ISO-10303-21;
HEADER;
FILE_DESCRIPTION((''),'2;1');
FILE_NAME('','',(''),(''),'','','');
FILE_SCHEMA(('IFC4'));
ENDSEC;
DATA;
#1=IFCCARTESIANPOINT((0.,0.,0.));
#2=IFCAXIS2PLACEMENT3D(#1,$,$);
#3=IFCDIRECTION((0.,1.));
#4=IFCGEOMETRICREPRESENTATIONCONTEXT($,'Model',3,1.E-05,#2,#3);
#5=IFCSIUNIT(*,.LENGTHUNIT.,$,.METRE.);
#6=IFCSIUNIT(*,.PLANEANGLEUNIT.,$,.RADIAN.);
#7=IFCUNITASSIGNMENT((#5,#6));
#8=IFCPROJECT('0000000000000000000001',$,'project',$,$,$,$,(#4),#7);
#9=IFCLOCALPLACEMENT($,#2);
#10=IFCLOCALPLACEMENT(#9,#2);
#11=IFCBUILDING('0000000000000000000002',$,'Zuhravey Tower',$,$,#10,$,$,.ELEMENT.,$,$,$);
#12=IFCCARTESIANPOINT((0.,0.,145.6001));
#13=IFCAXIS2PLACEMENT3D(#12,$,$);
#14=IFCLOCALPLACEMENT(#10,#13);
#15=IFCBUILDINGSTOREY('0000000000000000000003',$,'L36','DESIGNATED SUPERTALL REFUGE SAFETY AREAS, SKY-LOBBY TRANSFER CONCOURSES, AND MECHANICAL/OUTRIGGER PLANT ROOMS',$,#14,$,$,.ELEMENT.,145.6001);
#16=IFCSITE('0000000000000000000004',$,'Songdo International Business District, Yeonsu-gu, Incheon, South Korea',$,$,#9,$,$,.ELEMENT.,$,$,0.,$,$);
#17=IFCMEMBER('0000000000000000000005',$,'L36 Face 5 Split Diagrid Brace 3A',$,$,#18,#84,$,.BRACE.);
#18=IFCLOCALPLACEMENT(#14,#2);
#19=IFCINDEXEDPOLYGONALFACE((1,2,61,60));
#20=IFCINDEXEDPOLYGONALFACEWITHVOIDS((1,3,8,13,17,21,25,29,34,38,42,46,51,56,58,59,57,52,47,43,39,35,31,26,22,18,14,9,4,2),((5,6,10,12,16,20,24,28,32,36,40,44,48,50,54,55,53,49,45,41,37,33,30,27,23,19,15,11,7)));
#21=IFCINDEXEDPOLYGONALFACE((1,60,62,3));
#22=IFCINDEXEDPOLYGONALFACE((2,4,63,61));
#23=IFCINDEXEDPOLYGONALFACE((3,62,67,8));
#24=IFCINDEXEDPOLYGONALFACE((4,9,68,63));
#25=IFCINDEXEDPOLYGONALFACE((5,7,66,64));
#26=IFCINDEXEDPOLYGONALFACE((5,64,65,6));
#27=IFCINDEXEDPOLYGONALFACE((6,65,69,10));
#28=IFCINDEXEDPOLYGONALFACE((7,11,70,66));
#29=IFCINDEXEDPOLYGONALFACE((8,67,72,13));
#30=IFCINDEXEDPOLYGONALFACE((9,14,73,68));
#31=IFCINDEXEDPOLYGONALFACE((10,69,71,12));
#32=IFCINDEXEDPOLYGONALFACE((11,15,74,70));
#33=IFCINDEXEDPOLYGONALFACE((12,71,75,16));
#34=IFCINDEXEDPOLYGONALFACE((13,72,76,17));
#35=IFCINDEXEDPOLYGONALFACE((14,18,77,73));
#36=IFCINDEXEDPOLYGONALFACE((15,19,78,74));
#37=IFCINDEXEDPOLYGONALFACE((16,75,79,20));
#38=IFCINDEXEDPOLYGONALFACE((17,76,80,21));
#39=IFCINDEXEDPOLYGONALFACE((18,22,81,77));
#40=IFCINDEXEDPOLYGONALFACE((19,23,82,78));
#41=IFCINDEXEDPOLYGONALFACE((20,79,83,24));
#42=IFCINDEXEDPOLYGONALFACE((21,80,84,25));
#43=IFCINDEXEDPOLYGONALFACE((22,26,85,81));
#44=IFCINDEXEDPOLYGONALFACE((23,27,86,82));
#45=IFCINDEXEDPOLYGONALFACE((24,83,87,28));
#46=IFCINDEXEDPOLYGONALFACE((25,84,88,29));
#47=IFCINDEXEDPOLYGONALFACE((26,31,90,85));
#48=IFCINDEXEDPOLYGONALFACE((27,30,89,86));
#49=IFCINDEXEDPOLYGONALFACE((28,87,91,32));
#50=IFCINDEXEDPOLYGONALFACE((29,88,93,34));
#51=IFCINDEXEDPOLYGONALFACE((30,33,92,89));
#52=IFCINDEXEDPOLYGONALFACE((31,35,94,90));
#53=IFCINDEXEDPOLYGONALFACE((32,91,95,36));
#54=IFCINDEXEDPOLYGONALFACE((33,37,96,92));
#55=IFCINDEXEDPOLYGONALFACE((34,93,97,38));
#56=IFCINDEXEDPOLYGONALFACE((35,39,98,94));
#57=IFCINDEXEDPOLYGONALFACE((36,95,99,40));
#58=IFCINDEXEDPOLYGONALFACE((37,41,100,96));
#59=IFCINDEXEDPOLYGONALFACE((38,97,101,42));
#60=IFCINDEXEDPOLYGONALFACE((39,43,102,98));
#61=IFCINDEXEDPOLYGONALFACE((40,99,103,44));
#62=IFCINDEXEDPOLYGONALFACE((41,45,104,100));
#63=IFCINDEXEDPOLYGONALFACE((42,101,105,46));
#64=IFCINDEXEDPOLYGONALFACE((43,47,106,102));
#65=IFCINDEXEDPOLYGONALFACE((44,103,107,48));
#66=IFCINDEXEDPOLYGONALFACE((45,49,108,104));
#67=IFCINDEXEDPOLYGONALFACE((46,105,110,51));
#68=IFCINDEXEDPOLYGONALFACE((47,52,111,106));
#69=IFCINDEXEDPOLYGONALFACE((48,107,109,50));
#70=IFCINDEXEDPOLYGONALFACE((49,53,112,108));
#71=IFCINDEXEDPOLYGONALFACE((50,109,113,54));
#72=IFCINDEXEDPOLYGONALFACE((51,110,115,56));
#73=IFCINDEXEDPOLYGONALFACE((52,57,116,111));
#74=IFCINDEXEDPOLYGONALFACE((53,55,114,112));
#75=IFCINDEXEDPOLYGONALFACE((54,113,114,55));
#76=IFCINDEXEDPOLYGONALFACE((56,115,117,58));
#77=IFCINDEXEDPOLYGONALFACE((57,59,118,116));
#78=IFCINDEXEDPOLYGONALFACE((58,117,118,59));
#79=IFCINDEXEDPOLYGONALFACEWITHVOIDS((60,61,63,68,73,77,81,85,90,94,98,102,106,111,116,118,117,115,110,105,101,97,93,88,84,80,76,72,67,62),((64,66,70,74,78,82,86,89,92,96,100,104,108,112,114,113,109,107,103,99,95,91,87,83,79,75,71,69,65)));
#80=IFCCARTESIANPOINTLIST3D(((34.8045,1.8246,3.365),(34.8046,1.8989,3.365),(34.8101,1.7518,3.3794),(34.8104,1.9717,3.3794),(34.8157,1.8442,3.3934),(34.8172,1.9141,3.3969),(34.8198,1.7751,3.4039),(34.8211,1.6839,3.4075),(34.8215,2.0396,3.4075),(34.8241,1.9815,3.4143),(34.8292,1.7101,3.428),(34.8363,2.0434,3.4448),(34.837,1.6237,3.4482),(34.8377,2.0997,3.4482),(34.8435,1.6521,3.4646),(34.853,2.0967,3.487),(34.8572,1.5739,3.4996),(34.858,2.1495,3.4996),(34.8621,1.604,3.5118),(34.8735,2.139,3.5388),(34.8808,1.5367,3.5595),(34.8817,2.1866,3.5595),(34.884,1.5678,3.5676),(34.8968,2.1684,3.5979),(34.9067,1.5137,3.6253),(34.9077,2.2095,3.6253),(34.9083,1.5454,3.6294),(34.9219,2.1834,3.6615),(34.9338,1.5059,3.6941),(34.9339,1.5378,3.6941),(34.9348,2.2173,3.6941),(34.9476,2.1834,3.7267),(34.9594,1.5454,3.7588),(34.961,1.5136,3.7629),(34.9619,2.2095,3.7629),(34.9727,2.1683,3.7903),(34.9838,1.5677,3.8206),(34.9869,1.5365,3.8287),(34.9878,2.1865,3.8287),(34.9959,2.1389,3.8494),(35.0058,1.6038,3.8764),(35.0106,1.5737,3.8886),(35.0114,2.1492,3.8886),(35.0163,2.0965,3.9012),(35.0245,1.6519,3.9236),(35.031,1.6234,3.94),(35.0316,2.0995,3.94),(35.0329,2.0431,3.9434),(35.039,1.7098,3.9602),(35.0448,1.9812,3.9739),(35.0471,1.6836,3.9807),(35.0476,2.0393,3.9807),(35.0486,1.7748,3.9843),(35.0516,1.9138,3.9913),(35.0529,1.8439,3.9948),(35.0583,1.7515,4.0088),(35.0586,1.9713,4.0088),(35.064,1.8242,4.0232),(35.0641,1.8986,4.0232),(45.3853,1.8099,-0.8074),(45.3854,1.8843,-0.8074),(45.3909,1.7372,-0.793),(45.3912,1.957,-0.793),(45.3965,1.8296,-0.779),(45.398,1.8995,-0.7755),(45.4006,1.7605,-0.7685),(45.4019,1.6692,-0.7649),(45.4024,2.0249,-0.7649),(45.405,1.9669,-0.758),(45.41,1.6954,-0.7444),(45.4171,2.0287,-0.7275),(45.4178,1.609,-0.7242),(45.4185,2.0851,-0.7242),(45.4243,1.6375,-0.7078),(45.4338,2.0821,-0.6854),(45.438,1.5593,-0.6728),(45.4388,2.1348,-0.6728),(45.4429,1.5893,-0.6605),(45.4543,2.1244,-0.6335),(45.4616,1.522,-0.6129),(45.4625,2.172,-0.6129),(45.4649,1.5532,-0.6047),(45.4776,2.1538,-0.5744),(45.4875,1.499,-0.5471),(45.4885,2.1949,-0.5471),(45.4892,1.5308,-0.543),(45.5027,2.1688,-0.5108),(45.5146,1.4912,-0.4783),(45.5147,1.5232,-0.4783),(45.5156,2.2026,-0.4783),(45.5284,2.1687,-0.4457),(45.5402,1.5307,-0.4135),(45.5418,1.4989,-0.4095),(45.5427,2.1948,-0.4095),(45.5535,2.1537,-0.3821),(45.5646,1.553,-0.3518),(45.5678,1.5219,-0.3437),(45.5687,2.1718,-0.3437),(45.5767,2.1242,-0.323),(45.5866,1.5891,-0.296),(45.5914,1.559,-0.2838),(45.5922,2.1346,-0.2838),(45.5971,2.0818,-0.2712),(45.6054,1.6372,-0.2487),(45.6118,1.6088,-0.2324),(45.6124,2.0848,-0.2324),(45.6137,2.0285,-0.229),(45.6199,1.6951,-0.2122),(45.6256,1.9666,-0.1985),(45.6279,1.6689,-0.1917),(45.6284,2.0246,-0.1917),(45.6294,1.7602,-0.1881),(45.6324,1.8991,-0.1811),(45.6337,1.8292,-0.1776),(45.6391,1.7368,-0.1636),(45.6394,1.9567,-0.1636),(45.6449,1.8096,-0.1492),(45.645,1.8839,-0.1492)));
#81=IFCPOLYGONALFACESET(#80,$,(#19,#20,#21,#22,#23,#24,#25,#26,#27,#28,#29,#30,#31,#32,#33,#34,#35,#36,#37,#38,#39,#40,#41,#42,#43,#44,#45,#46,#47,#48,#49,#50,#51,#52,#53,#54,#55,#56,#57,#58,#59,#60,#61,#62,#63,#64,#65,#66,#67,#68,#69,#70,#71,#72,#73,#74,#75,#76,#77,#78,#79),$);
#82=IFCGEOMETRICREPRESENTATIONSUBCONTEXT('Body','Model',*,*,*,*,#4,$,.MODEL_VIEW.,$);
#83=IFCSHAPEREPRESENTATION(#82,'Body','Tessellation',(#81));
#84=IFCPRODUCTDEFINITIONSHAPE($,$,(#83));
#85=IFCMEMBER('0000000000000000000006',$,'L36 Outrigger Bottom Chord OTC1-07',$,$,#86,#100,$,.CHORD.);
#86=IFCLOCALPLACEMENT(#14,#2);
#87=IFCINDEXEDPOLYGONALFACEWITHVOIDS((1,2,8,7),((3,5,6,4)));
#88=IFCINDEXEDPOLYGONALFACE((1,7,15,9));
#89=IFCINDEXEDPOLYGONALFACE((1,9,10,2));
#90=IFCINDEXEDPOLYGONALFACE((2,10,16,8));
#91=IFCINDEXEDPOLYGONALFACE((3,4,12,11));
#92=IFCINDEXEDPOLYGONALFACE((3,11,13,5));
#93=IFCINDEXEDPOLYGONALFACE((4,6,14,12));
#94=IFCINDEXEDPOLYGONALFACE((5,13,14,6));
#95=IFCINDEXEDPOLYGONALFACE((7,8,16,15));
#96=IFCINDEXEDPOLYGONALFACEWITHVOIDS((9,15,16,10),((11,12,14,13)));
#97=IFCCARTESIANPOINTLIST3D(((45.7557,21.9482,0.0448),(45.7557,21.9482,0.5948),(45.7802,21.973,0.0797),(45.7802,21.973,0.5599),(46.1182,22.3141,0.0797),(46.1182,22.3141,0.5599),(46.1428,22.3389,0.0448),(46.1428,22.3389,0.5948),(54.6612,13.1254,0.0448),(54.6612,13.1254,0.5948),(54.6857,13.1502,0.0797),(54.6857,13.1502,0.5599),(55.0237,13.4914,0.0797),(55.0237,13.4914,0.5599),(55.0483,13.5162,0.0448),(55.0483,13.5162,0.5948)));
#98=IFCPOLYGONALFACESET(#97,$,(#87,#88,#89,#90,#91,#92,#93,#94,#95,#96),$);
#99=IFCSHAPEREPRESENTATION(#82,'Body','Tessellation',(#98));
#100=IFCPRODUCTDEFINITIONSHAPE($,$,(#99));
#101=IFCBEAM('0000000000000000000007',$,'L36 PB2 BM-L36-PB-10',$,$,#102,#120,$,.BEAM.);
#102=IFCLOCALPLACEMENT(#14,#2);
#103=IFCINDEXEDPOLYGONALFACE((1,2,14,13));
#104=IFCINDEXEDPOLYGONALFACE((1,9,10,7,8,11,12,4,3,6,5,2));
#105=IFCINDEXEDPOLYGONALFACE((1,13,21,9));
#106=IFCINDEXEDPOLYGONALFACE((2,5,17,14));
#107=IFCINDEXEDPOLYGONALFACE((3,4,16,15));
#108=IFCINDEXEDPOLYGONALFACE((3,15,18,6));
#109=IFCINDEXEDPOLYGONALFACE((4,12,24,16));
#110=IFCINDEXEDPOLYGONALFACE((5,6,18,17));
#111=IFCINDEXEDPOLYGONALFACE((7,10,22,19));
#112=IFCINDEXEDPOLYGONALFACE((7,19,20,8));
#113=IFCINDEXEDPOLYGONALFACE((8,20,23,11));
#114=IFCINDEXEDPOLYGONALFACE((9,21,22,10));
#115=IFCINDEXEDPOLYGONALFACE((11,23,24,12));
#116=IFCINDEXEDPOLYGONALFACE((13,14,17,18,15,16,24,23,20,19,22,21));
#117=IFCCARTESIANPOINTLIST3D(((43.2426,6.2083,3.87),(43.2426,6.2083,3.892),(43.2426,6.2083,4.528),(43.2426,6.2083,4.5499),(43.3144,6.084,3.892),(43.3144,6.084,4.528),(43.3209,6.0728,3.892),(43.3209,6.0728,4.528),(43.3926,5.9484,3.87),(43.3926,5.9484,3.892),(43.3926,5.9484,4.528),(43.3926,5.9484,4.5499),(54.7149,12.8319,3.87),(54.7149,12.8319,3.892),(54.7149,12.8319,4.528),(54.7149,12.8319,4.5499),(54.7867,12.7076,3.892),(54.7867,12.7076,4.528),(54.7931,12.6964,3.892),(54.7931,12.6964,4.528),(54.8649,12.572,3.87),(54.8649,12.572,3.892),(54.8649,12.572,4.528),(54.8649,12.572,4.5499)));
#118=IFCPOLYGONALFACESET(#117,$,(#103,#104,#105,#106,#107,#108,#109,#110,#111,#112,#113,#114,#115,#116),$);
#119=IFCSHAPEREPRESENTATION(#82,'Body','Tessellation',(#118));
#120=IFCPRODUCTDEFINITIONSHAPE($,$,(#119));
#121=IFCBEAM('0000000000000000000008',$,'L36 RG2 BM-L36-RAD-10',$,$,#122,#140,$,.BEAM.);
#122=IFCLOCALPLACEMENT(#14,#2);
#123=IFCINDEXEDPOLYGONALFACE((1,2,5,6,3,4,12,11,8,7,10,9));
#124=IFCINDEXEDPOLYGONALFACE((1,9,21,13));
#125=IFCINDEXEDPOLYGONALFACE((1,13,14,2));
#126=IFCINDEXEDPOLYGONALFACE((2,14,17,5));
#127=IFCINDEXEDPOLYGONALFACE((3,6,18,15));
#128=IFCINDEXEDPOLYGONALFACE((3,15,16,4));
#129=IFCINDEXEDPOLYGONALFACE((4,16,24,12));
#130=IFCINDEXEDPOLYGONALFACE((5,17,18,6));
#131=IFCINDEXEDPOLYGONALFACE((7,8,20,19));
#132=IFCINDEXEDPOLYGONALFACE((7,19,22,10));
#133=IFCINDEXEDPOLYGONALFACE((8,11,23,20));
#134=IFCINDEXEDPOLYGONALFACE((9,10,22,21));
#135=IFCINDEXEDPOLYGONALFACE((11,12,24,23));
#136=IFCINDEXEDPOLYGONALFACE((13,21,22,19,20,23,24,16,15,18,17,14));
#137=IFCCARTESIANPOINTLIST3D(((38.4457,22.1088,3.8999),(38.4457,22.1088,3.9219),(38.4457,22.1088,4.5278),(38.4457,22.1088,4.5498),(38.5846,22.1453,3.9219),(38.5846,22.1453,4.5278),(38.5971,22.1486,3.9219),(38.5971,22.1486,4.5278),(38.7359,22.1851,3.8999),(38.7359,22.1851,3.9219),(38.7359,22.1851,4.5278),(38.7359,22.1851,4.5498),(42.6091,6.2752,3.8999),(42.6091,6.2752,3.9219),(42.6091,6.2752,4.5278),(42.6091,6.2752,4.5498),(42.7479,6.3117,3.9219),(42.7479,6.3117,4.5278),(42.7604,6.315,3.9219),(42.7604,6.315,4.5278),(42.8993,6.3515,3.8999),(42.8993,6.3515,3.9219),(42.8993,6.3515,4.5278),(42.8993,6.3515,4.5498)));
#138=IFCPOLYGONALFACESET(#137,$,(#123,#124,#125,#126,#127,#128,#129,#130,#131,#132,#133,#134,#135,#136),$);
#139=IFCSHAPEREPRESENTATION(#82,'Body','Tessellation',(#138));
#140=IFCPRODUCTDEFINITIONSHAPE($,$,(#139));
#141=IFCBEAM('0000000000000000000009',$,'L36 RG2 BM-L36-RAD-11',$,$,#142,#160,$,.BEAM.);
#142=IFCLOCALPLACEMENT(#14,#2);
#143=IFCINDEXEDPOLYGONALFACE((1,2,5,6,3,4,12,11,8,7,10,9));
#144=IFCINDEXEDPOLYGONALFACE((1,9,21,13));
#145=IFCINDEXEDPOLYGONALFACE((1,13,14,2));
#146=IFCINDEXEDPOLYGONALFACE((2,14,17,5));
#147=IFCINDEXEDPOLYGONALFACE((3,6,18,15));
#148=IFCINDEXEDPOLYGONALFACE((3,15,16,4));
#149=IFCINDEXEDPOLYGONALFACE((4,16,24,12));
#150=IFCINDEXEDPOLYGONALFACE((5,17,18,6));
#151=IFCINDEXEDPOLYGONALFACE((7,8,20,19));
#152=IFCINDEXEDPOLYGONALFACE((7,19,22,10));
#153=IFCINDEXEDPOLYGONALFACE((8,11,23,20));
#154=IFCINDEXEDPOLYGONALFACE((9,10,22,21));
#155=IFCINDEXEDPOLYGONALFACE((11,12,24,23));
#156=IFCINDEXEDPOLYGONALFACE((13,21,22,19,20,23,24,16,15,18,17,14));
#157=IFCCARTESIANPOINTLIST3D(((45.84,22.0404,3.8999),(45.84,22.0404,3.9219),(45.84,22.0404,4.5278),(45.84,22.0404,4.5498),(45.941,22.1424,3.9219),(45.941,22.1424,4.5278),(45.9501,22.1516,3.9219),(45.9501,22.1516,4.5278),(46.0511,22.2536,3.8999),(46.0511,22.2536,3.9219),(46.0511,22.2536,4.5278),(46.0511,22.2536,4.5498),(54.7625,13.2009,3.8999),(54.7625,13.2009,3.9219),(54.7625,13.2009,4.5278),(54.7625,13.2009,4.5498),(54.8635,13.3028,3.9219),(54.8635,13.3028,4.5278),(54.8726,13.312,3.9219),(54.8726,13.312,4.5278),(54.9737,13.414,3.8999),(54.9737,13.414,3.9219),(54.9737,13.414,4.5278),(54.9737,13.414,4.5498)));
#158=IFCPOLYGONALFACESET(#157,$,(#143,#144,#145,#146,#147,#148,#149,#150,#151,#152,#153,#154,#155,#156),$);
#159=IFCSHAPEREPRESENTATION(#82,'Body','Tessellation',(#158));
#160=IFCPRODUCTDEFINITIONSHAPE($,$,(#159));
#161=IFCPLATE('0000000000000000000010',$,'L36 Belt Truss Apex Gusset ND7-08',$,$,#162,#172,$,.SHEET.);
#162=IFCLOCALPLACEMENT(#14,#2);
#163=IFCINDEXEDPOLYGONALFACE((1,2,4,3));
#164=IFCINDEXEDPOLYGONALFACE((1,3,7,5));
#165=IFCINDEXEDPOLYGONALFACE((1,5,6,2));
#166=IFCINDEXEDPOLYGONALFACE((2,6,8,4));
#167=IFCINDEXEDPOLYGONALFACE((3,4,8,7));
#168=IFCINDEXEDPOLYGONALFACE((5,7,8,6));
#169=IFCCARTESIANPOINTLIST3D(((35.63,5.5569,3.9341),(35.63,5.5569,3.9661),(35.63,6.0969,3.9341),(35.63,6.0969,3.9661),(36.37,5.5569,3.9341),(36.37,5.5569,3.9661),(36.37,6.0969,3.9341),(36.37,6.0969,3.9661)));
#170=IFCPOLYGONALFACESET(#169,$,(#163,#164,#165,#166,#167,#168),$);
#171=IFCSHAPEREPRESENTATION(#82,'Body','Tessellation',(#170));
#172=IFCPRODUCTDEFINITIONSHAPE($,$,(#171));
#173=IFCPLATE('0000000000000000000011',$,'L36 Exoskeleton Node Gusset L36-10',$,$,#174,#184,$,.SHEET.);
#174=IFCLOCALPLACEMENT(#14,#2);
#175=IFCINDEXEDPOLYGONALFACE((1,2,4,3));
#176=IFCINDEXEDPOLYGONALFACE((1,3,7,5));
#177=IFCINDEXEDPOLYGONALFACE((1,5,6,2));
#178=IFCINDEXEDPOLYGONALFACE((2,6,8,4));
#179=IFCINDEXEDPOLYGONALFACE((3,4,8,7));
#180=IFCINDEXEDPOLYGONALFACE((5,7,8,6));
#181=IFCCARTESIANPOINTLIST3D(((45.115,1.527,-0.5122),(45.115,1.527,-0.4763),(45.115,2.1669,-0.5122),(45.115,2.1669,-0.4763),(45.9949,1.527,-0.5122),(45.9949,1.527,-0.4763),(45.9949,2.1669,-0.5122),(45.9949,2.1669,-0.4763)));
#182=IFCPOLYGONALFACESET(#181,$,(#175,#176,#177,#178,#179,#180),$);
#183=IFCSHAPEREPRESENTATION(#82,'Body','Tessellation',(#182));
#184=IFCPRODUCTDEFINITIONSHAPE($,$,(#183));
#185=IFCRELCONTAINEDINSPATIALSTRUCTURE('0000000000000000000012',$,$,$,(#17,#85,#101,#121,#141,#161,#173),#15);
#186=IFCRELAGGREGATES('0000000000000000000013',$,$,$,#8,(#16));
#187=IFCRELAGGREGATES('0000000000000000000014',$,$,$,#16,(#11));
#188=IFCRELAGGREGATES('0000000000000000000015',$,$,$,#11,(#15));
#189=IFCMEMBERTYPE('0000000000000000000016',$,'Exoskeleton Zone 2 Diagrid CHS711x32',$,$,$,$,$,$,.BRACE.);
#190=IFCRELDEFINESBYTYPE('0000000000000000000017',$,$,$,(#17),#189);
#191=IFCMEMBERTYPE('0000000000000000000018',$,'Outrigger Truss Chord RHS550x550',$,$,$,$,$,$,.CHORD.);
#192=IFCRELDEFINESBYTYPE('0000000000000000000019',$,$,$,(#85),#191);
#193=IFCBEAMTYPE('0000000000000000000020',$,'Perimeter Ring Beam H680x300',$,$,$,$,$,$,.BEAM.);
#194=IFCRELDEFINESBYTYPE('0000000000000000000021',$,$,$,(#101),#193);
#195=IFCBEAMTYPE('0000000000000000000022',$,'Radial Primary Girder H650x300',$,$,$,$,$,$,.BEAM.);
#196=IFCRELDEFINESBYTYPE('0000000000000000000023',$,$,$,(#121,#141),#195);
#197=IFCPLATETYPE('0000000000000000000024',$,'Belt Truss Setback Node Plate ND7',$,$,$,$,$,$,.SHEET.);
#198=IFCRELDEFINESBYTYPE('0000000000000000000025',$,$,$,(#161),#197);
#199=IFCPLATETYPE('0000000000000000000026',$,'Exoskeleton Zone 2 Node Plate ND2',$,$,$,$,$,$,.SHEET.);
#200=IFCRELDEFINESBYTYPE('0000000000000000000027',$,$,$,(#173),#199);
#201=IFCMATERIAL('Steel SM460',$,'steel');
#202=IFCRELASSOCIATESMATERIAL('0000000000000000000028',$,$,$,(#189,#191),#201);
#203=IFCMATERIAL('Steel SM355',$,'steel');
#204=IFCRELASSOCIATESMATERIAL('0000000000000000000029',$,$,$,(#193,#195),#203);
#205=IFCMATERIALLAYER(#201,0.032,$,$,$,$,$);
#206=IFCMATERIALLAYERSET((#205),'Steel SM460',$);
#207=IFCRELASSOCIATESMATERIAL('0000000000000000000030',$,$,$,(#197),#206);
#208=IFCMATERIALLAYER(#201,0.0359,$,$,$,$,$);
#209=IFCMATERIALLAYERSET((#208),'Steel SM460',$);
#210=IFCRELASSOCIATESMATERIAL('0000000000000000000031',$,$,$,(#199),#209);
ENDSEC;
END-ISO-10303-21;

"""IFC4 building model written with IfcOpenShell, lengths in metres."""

from ifc_helpers import new_model, si_unit, direction, frame, origin, origin_2d, place, context, subcontext, project, spatial, rectangle, hollow_rectangle, hollow_circle, i_section, extrude, material, layer, layer_set, material_profile, profile_set, type_object, element, save


model = new_model("IFC4")

# Units and contexts
model_context = context("Model", 3, precision=1e-05, world=origin(), true_north=direction((0.0, 1.0)))
body_context = subcontext(model_context, "Body", "Model", "MODEL_VIEW")
ifc_project = project(units=[si_unit("LENGTHUNIT", "METRE"), si_unit("PLANEANGLEUNIT", "RADIAN")], contexts=[model_context])

# Site, building, storey
site_placement = place(None, origin())
site = spatial("IfcSite", under=ifc_project, at=site_placement, Name="Songdo International Business District, Yeonsu-gu, Incheon, South Korea", CompositionType="ELEMENT", RefElevation=0.0)
building_placement = place(site_placement, origin())
building = spatial("IfcBuilding", under=site, at=building_placement, Name="Zuhravey Tower", CompositionType="ELEMENT")
storey_placement = place(building_placement, frame((0.0, 0.0, 145.6001)))
storey = spatial("IfcBuildingStorey", under=building, at=storey_placement, Name="L36", Description="DESIGNATED SUPERTALL REFUGE SAFETY AREAS, SKY-LOBBY TRANSFER CONCOURSES, AND MECHANICAL/OUTRIGGER PLANT ROOMS", CompositionType="ELEMENT", Elevation=145.6001)

# Shared definitions
ifc_material_1 = material(Name="Steel SM355", Category="steel")

# Members
ifc_material_2 = material(Name="Steel SM460", Category="steel")
ifc_material_profile_1 = material_profile(ifc_material_2, hollow_circle(Radius=0.3557, WallThickness=0.032, at=origin_2d()), Name="CHS-711.2x32")
ifc_profile_set_1 = profile_set([ifc_material_profile_1], Name="Steel SM460")
member_type_1 = type_object("IfcMemberType", Name="Exoskeleton Zone 2 Diagrid CHS711x32", PredefinedType="BRACE", material=ifc_profile_set_1)
member_1_placement = place(storey_placement, frame((45.5151, 1.8469, -0.4783), z_axis=(-0.930283, 0.001288, 0.366841), x_axis=(-0.001384, -0.999999, 0.0)))
element("IfcMember", 1, at=member_1_placement, inside=storey, type_object=member_type_1, Name="L36 Face 5 Split Diagrid Brace 3A", PredefinedType="BRACE", context=body_context, shape_type="SweptSolid", body=[
    extrude(hollow_circle(Radius=0.3557, WallThickness=0.032, at=origin_2d()), origin(), (0.0, 0.0, 1.0), 11.3738),
])
ifc_material_profile_2 = material_profile(ifc_material_2, hollow_rectangle(XDim=0.55, YDim=0.55, WallThickness=0.0349, at=origin_2d()), Name="RHS-550x550x35")
ifc_profile_set_2 = profile_set([ifc_material_profile_2], Name="Steel SM460")
member_type_2 = type_object("IfcMemberType", Name="Outrigger Truss Chord RHS550x550", PredefinedType="CHORD", material=ifc_profile_set_2)
member_2_placement = place(storey_placement, frame((45.9492, 22.1436, 0.3198), z_axis=(0.7104, -0.703798, 0.0), x_axis=(0.703798, 0.7104, 0.0)))
element("IfcMember", 2, at=member_2_placement, inside=storey, type_object=member_type_2, Name="L36 Outrigger Bottom Chord OTC1-07", PredefinedType="CHORD", context=body_context, shape_type="SweptSolid", body=[
    extrude(hollow_rectangle(XDim=0.55, YDim=0.55, WallThickness=0.0349, at=origin_2d()), origin(), (0.0, 0.0, 1.0), 12.5359),
])

# Beams
ifc_material_profile_3 = material_profile(ifc_material_1, i_section(OverallWidth=0.3, OverallDepth=0.6799, WebThickness=0.0129, FlangeThickness=0.022, at=origin_2d()), Name="H-680x300x13x22")
ifc_profile_set_3 = profile_set([ifc_material_profile_3], Name="Steel SM355")
beam_type_1 = type_object("IfcBeamType", Name="Perimeter Ring Beam H680x300", PredefinedType="BEAM", material=ifc_profile_set_3)
beam_1_placement = place(storey_placement, frame((43.3176, 6.0784, 4.21), z_axis=(0.866023, 0.500004, 0.0), x_axis=(-0.500004, 0.866023, 0.0)))
element("IfcBeam", 3, at=beam_1_placement, inside=storey, type_object=beam_type_1, Name="L36 PB2 BM-L36-PB-10", PredefinedType="BEAM", context=body_context, shape_type="SweptSolid", body=[
    extrude(i_section(OverallWidth=0.3, OverallDepth=0.6799, WebThickness=0.0129, FlangeThickness=0.022, at=origin_2d()), origin(), (0.0, 0.0, 1.0), 13.2471),
])
ifc_material_profile_4 = material_profile(ifc_material_1, i_section(OverallWidth=0.3, OverallDepth=0.6499, WebThickness=0.0129, FlangeThickness=0.022, at=origin_2d()), Name="H-650x300x13x22")
ifc_profile_set_4 = profile_set([ifc_material_profile_4], Name="Steel SM355")
beam_type_2 = type_object("IfcBeamType", Name="Radial Primary Girder H650x300", PredefinedType="BEAM", material=ifc_profile_set_4)
beam_2_placement = place(storey_placement, frame((38.5908, 22.147, 4.2249), z_axis=(0.2543, -0.967125, 0.0), x_axis=(0.967125, 0.2543, 0.0)))
element("IfcBeam", 4, at=beam_2_placement, inside=storey, type_object=beam_type_2, Name="L36 RG2 BM-L36-RAD-10", PredefinedType="BEAM", context=body_context, shape_type="SweptSolid", body=[
    extrude(i_section(OverallWidth=0.3, OverallDepth=0.6499, WebThickness=0.0129, FlangeThickness=0.022, at=origin_2d()), origin(), (0.0, 0.0, 1.0), 16.3718),
])
beam_3_placement = place(storey_placement, frame((45.9456, 22.147, 4.2249), z_axis=(0.710404, -0.703795, 0.0), x_axis=(0.703795, 0.710404, 0.0)))
element("IfcBeam", 5, at=beam_3_placement, inside=storey, type_object=beam_type_2, Name="L36 RG2 BM-L36-RAD-11", PredefinedType="BEAM", context=body_context, shape_type="SweptSolid", body=[
    extrude(i_section(OverallWidth=0.3, OverallDepth=0.6499, WebThickness=0.0129, FlangeThickness=0.022, at=origin_2d()), origin(), (0.0, 0.0, 1.0), 12.5598),
])

# Plates
ifc_layer_1 = layer(ifc_material_2, 0.032)
ifc_layer_set_1 = layer_set([ifc_layer_1], Name="Steel SM460")
plate_type_1 = type_object("IfcPlateType", Name="Belt Truss Setback Node Plate ND7", PredefinedType="SHEET", material=ifc_layer_set_1)
plate_1_placement = place(storey_placement, frame((36.0, 5.8269, 3.9341), z_axis=(0.0, 0.0, 1.0), x_axis=(1.0, 0.0, 0.0)))
element("IfcPlate", 6, at=plate_1_placement, inside=storey, type_object=plate_type_1, Name="L36 Belt Truss Apex Gusset ND7-08", PredefinedType="SHEET", context=body_context, shape_type="SweptSolid", body=[
    extrude(rectangle(XDim=0.74, YDim=0.54, at=origin_2d()), origin(), (0.0, 0.0, 1.0), 0.032),
])
ifc_layer_2 = layer(ifc_material_2, 0.0359)
ifc_layer_set_2 = layer_set([ifc_layer_2], Name="Steel SM460")
plate_type_2 = type_object("IfcPlateType", Name="Exoskeleton Zone 2 Node Plate ND2", PredefinedType="SHEET", material=ifc_layer_set_2)
plate_2_placement = place(storey_placement, frame((45.5549, 1.8469, -0.5122), z_axis=(0.0, 0.0, 1.0), x_axis=(1.0, 0.0, 0.0)))
element("IfcPlate", 7, at=plate_2_placement, inside=storey, type_object=plate_type_2, Name="L36 Exoskeleton Node Gusset L36-10", PredefinedType="SHEET", context=body_context, shape_type="SweptSolid", body=[
    extrude(rectangle(XDim=0.8799, YDim=0.6399, at=origin_2d()), origin(), (0.0, 0.0, 1.0), 0.0359),
])

save(model, "model.ifc")
